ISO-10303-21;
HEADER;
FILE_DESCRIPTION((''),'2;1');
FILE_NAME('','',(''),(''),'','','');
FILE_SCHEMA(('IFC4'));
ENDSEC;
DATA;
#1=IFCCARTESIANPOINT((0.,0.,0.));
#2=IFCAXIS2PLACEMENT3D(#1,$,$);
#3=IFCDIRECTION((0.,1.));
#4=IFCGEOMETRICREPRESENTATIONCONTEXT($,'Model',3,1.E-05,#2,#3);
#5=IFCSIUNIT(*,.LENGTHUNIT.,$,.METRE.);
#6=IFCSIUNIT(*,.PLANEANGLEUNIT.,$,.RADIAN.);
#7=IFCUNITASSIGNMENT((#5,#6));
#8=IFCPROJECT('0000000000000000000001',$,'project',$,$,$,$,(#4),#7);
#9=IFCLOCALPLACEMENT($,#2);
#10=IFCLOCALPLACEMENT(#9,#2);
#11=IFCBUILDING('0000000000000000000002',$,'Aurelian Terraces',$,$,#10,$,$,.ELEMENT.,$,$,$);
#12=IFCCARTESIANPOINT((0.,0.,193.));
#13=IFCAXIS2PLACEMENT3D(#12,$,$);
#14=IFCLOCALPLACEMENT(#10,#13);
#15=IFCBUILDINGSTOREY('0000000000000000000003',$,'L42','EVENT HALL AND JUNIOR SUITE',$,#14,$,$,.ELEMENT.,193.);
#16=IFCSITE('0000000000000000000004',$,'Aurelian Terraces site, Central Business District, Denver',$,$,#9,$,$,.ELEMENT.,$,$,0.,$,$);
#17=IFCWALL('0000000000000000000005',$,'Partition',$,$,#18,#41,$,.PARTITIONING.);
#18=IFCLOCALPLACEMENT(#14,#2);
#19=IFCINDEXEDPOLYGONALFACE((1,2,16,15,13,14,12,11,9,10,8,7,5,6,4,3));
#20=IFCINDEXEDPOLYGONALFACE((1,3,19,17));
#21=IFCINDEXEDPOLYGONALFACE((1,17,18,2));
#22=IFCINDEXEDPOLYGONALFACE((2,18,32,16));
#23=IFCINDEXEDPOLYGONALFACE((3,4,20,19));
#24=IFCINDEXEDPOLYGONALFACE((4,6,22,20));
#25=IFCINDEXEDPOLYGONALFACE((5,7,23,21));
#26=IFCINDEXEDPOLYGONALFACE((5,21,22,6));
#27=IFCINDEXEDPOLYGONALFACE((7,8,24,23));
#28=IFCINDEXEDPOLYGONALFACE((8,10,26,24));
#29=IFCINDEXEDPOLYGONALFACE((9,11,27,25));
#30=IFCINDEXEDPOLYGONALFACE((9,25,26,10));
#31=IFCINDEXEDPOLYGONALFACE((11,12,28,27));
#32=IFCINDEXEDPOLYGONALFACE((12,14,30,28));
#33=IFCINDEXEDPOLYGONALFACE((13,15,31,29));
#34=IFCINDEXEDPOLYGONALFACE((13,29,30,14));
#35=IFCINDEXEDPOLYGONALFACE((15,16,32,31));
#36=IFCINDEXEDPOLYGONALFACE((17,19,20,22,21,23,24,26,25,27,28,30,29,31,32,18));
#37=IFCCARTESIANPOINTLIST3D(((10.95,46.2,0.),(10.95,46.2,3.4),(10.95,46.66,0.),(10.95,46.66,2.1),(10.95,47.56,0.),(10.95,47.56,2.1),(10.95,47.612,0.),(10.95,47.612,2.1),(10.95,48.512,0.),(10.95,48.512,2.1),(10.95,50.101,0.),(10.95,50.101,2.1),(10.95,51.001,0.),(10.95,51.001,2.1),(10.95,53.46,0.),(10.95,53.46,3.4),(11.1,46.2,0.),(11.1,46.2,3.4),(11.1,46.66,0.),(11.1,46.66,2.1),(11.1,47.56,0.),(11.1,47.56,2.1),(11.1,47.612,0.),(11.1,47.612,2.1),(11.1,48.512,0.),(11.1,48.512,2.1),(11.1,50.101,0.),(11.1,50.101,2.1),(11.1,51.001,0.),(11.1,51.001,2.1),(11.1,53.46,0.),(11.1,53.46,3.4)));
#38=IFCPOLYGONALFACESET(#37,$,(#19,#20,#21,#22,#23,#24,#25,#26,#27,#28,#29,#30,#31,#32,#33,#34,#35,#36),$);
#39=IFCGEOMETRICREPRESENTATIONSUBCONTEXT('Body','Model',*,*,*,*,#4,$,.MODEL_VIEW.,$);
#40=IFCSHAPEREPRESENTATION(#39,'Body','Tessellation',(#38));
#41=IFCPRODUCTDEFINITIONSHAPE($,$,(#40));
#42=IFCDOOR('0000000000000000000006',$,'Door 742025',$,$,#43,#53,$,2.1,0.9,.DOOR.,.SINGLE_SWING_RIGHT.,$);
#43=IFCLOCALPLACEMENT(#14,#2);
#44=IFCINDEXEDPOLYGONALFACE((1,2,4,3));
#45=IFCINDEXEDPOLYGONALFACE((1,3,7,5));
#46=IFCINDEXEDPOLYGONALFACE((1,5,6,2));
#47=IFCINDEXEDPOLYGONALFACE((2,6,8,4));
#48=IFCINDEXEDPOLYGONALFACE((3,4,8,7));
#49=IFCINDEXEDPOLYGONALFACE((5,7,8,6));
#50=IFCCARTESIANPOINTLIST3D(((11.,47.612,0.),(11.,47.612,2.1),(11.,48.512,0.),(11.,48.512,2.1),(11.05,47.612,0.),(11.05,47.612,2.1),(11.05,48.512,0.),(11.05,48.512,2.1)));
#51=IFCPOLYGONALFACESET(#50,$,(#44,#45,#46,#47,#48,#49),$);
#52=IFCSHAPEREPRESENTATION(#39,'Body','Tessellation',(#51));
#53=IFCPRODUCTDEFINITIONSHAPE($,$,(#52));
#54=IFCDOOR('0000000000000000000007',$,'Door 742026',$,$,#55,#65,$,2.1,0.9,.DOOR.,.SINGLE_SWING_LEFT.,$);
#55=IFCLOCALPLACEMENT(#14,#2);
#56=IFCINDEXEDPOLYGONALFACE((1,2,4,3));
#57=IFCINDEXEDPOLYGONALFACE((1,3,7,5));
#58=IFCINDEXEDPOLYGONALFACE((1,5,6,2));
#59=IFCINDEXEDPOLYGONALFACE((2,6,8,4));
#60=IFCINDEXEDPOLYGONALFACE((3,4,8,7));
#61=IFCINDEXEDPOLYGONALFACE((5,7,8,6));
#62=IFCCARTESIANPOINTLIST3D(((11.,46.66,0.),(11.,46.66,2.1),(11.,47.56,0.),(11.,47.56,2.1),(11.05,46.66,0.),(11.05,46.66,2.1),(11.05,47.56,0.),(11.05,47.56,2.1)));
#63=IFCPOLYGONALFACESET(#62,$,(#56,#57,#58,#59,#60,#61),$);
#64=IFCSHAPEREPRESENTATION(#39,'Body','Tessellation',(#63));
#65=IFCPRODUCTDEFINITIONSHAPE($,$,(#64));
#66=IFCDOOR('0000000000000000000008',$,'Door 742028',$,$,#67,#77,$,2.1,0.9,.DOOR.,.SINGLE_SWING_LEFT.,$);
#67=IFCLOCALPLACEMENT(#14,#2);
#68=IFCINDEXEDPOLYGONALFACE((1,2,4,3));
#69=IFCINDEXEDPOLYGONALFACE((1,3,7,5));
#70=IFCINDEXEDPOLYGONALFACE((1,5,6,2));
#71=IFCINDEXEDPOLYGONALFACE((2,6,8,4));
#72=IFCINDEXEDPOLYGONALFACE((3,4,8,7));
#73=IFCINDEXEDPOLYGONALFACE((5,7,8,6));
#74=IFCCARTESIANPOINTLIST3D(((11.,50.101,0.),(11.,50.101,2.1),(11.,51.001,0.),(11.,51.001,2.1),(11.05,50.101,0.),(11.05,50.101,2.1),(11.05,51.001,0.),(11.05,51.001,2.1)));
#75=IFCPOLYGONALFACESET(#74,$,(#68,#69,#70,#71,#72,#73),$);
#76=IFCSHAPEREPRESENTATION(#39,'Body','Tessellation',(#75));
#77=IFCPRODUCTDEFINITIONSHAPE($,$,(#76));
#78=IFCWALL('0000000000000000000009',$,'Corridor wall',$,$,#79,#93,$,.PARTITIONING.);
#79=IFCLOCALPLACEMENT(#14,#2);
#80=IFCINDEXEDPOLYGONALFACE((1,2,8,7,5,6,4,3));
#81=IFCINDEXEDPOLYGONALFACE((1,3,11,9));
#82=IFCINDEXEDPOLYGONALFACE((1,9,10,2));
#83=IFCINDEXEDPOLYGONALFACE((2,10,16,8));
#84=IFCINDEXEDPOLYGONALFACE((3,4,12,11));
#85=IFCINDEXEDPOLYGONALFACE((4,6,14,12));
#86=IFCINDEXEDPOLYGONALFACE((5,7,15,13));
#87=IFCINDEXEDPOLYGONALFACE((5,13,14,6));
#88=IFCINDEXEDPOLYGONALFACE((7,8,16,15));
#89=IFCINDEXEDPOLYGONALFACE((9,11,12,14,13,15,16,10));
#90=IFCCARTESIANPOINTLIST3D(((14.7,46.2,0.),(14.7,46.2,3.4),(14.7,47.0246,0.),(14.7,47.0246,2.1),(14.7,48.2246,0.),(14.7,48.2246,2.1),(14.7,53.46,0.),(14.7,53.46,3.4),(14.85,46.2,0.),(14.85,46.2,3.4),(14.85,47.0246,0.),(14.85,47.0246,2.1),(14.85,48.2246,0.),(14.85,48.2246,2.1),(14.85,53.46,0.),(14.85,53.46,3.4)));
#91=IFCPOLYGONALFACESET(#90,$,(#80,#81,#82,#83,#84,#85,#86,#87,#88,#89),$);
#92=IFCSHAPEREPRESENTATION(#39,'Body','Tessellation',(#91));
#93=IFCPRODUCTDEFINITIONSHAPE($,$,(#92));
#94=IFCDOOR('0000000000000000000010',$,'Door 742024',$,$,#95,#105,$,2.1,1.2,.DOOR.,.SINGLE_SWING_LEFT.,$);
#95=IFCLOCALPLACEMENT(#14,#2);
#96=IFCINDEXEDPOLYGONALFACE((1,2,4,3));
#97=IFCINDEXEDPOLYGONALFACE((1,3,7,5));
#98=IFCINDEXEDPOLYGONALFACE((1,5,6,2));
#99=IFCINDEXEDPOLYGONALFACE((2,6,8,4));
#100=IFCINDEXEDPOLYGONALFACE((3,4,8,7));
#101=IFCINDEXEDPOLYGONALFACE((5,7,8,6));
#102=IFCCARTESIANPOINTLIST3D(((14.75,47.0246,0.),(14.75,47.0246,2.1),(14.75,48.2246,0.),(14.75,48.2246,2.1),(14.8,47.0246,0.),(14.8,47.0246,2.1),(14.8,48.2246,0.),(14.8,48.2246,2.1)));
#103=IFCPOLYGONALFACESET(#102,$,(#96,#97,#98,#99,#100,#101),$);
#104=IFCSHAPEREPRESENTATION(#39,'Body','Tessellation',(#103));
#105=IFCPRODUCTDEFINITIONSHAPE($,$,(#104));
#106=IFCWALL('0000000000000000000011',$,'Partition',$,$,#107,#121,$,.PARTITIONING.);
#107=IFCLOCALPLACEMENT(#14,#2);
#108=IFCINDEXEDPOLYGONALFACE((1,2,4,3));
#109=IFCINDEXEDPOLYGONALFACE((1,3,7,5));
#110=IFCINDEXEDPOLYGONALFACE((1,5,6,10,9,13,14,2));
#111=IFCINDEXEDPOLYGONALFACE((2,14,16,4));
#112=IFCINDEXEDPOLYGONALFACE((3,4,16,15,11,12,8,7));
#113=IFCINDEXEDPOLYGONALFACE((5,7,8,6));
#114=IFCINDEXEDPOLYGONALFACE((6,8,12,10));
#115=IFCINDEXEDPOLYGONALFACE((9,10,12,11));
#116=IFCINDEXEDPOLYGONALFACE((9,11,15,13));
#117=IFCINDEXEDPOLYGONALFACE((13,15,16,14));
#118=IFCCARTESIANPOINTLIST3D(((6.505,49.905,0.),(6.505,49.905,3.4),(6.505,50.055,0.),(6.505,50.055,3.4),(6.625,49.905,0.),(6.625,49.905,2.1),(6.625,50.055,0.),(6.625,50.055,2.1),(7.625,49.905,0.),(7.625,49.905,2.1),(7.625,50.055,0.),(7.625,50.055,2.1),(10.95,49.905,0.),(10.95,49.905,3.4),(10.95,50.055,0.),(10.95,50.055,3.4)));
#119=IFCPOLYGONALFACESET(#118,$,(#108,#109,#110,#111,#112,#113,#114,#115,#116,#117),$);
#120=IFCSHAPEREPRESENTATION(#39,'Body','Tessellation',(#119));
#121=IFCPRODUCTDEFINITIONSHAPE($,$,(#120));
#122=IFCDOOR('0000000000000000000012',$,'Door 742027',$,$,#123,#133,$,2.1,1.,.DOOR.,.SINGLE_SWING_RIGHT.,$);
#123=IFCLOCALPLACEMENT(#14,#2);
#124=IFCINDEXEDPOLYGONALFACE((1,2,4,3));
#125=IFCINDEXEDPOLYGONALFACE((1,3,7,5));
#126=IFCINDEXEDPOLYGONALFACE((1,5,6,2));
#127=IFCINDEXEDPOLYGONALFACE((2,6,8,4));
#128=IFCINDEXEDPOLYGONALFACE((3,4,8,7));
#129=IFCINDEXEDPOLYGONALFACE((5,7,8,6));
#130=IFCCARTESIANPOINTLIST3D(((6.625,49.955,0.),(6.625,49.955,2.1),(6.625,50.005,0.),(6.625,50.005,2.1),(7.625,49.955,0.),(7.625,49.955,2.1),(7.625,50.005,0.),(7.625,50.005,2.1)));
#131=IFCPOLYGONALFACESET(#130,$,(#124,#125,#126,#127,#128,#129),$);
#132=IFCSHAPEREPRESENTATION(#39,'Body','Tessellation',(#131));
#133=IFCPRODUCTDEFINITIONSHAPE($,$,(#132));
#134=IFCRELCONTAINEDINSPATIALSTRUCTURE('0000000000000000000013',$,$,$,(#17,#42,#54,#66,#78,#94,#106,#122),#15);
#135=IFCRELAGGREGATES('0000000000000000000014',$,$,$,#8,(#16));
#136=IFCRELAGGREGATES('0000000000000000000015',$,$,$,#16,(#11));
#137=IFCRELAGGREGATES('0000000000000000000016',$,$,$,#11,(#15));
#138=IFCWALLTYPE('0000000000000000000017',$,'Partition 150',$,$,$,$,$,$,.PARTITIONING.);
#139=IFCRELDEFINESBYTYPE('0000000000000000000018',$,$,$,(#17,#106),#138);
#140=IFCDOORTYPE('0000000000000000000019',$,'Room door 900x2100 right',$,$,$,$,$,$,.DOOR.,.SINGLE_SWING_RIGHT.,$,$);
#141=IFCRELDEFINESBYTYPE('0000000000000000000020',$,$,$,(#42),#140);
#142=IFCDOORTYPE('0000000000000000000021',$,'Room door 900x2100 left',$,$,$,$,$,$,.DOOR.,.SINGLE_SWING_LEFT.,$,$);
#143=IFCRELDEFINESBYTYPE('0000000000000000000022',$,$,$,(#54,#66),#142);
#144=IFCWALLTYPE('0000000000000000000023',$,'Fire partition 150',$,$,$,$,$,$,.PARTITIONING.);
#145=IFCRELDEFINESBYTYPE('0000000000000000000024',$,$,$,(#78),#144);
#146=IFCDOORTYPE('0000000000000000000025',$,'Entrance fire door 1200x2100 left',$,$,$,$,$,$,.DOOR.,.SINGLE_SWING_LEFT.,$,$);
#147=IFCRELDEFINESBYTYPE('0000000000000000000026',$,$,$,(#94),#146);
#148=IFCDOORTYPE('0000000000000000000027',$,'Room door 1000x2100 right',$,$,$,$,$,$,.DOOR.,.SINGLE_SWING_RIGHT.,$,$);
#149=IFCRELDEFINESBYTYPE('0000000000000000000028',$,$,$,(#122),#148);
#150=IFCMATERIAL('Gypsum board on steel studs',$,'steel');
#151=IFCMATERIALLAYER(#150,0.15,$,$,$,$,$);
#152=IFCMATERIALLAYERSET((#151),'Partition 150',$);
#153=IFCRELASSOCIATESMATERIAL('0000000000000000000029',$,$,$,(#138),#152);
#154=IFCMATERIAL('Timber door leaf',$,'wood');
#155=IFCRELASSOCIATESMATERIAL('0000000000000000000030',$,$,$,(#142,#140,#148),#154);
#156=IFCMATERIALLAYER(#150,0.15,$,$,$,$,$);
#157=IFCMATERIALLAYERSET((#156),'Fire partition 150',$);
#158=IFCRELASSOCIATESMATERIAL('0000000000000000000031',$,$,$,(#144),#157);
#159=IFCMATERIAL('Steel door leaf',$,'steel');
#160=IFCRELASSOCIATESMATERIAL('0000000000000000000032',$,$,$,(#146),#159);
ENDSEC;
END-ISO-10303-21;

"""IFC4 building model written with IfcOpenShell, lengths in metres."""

from ifc_helpers import new_model, si_unit, direction, frame, frame_2d, origin, place, context, subcontext, project, spatial, rectangle, extrude, source, transform, mapped, material, layer, layer_set, type_object, element, fill, save


model = new_model("IFC4")

# Units and contexts
model_context = context("Model", 3, precision=1e-05, world=origin(), true_north=direction((0.0, 1.0)))
body_context = subcontext(model_context, "Body", "Model", "MODEL_VIEW")
ifc_project = project(units=[si_unit("LENGTHUNIT", "METRE"), si_unit("PLANEANGLEUNIT", "RADIAN")], contexts=[model_context])

# Site, building, storey
site_placement = place(None, origin())
site = spatial("IfcSite", under=ifc_project, at=site_placement, Name="Aurelian Terraces site, Central Business District, Denver", CompositionType="ELEMENT", RefElevation=0.0)
building_placement = place(site_placement, origin())
building = spatial("IfcBuilding", under=site, at=building_placement, Name="Aurelian Terraces", CompositionType="ELEMENT")
storey_placement = place(building_placement, frame((0.0, 0.0, 193.0)))
storey = spatial("IfcBuildingStorey", under=building, at=storey_placement, Name="L42", Description="EVENT HALL AND JUNIOR SUITE", CompositionType="ELEMENT", Elevation=193.0)

# Shared definitions
ifc_material_1 = material(Name="Gypsum board on steel studs", Category="steel")
ifc_layer_1 = layer(ifc_material_1, 0.15)
ifc_layer_set_1 = layer_set([ifc_layer_1], Name="Partition 150")
wall_type_1 = type_object("IfcWallType", Name="Partition 150", PredefinedType="PARTITIONING", material=ifc_layer_set_1)

# Shared definitions
shared_shape_1 = source(origin(), body_context, "Body", "SweptSolid", [
    extrude(rectangle(XDim=0.9, YDim=2.1, at=frame_2d((0.45, 1.05))), frame((0.0, 0.085, 0.0), z_axis=(0.0, -1.0, 0.0), x_axis=(1.0, 0.0, 0.0)), (0.0, 0.0, 1.0), 0.17),
])
ifc_material_2 = material(Name="Timber door leaf", Category="wood")
door_type_1 = type_object("IfcDoorType", Name="Room door 900x2100 left", OperationType="SINGLE_SWING_LEFT", PredefinedType="DOOR", material=ifc_material_2)
shared_shape_2 = source(origin(), body_context, "Body", "SweptSolid", [
    extrude(rectangle(XDim=0.9, YDim=2.1, at=frame_2d((0.45, 1.05))), frame((0.0, 0.025, 0.0), z_axis=(0.0, -1.0, 0.0), x_axis=(1.0, 0.0, 0.0)), (0.0, 0.0, 1.0), 0.05),
])
ifc_material_3 = material(Name="Steel door leaf", Category="steel")

# Shared definitions
ifc_layer_2 = layer(ifc_material_1, 0.15)
ifc_layer_set_2 = layer_set([ifc_layer_2], Name="Fire partition 150")
wall_type_2 = type_object("IfcWallType", Name="Fire partition 150", PredefinedType="PARTITIONING", material=ifc_layer_set_2)

# Shared definitions
door_type_2 = type_object("IfcDoorType", Name="Room door 900x2100 right", OperationType="SINGLE_SWING_RIGHT", PredefinedType="DOOR", material=ifc_material_2)

# Wall, openings, doors
shared_shape_3 = source(origin(), body_context, "Body", "SweptSolid", [
    extrude(rectangle(XDim=7.26, YDim=0.15, at=frame_2d((3.63, 0.0))), origin(), (0.0, 0.0, 1.0), 3.4),
])
wall_1_placement = place(storey_placement, frame((11.025, 46.2, 0.0), z_axis=(0.0, 0.0, 1.0), x_axis=(0.0, 1.0, 0.0)))
wall_1 = element("IfcWall", 1, at=wall_1_placement, inside=storey, type_object=wall_type_1, Name="Partition", PredefinedType="PARTITIONING", context=body_context, shape_type="MappedRepresentation", body=[
    mapped(shared_shape_3, transform((0.0, 0.0, 0.0), scale=1.0)),
])
opening_1_placement = place(wall_1_placement, frame((1.412, 0.0, 0.0)))
opening_1 = element("IfcOpeningElement", 2, at=opening_1_placement, cuts=wall_1, PredefinedType="OPENING", context=body_context, shape_type="MappedRepresentation", body=[
    mapped(shared_shape_1, transform((0.0, 0.0, 0.0), scale=1.0)),
])
opening_2_placement = place(wall_1_placement, frame((0.46, 0.0, 0.0)))
opening_2 = element("IfcOpeningElement", 3, at=opening_2_placement, cuts=wall_1, PredefinedType="OPENING", context=body_context, shape_type="MappedRepresentation", body=[
    mapped(shared_shape_1, transform((0.0, 0.0, 0.0), scale=1.0)),
])
opening_3_placement = place(wall_1_placement, frame((3.901, 0.0, 0.0)))
opening_3 = element("IfcOpeningElement", 4, at=opening_3_placement, cuts=wall_1, PredefinedType="OPENING", context=body_context, shape_type="MappedRepresentation", body=[
    mapped(shared_shape_1, transform((0.0, 0.0, 0.0), scale=1.0)),
])
door_1_placement = place(opening_1_placement, origin())
door_1 = element("IfcDoor", 5, at=door_1_placement, inside=storey, type_object=door_type_2, Name="Door 742025", OperationType="SINGLE_SWING_RIGHT", OverallHeight=2.1, OverallWidth=0.9, PredefinedType="DOOR", context=body_context, shape_type="MappedRepresentation", body=[
    mapped(shared_shape_2, transform((0.0, 0.0, 0.0), scale=1.0)),
])
fill(opening_1, door_1)
door_2_placement = place(opening_2_placement, origin())
door_2 = element("IfcDoor", 6, at=door_2_placement, inside=storey, type_object=door_type_1, Name="Door 742026", OperationType="SINGLE_SWING_LEFT", OverallHeight=2.1, OverallWidth=0.9, PredefinedType="DOOR", context=body_context, shape_type="MappedRepresentation", body=[
    mapped(shared_shape_2, transform((0.0, 0.0, 0.0), scale=1.0)),
])
fill(opening_2, door_2)
door_3_placement = place(opening_3_placement, origin())
door_3 = element("IfcDoor", 7, at=door_3_placement, inside=storey, type_object=door_type_1, Name="Door 742028", OperationType="SINGLE_SWING_LEFT", OverallHeight=2.1, OverallWidth=0.9, PredefinedType="DOOR", context=body_context, shape_type="MappedRepresentation", body=[
    mapped(shared_shape_2, transform((0.0, 0.0, 0.0), scale=1.0)),
])
fill(opening_3, door_3)

# Walls, openings, doors
wall_2_placement = place(storey_placement, frame((14.775, 46.2, 0.0), z_axis=(0.0, 0.0, 1.0), x_axis=(0.0, 1.0, 0.0)))
wall_2 = element("IfcWall", 8, at=wall_2_placement, inside=storey, type_object=wall_type_2, Name="Corridor wall", PredefinedType="PARTITIONING", context=body_context, shape_type="MappedRepresentation", body=[
    mapped(shared_shape_3, transform((0.0, 0.0, 0.0), scale=1.0)),
])
shared_shape_4 = source(origin(), body_context, "Body", "SweptSolid", [
    extrude(rectangle(XDim=1.2, YDim=2.1, at=frame_2d((0.6, 1.05))), frame((0.0, 0.085, 0.0), z_axis=(0.0, -1.0, 0.0), x_axis=(1.0, 0.0, 0.0)), (0.0, 0.0, 1.0), 0.17),
])
opening_4_placement = place(wall_2_placement, frame((0.8246, 0.0, 0.0)))
opening_4 = element("IfcOpeningElement", 9, at=opening_4_placement, cuts=wall_2, PredefinedType="OPENING", context=body_context, shape_type="MappedRepresentation", body=[
    mapped(shared_shape_4, transform((0.0, 0.0, 0.0), scale=1.0)),
])
door_type_3 = type_object("IfcDoorType", Name="Entrance fire door 1200x2100 left", OperationType="SINGLE_SWING_LEFT", PredefinedType="DOOR", material=ifc_material_3)
shared_shape_5 = source(origin(), body_context, "Body", "SweptSolid", [
    extrude(rectangle(XDim=1.2, YDim=2.1, at=frame_2d((0.6, 1.05))), frame((0.0, 0.025, 0.0), z_axis=(0.0, -1.0, 0.0), x_axis=(1.0, 0.0, 0.0)), (0.0, 0.0, 1.0), 0.05),
])
door_4_placement = place(opening_4_placement, origin())
door_4 = element("IfcDoor", 10, at=door_4_placement, inside=storey, type_object=door_type_3, Name="Door 742024", OperationType="SINGLE_SWING_LEFT", OverallHeight=2.1, OverallWidth=1.2, PredefinedType="DOOR", context=body_context, shape_type="MappedRepresentation", body=[
    mapped(shared_shape_5, transform((0.0, 0.0, 0.0), scale=1.0)),
])
fill(opening_4, door_4)
shared_shape_6 = source(origin(), body_context, "Body", "SweptSolid", [
    extrude(rectangle(XDim=4.445, YDim=0.15, at=frame_2d((2.2225, 0.0))), origin(), (0.0, 0.0, 1.0), 3.4),
])
wall_3_placement = place(storey_placement, frame((10.95, 49.98, 0.0), z_axis=(0.0, 0.0, 1.0), x_axis=(-1.0, 0.0, 0.0)))
wall_3 = element("IfcWall", 11, at=wall_3_placement, inside=storey, type_object=wall_type_1, Name="Partition", PredefinedType="PARTITIONING", context=body_context, shape_type="MappedRepresentation", body=[
    mapped(shared_shape_6, transform((0.0, 0.0, 0.0), scale=1.0)),
])
shared_shape_7 = source(origin(), body_context, "Body", "SweptSolid", [
    extrude(rectangle(XDim=1.0, YDim=2.1, at=frame_2d((0.5, 1.05))), frame((0.0, 0.085, 0.0), z_axis=(0.0, -1.0, 0.0), x_axis=(1.0, 0.0, 0.0)), (0.0, 0.0, 1.0), 0.17),
])
opening_5_placement = place(wall_3_placement, frame((3.325, 0.0, 0.0)))
opening_5 = element("IfcOpeningElement", 12, at=opening_5_placement, cuts=wall_3, PredefinedType="OPENING", context=body_context, shape_type="MappedRepresentation", body=[
    mapped(shared_shape_7, transform((0.0, 0.0, 0.0), scale=1.0)),
])
door_type_4 = type_object("IfcDoorType", Name="Room door 1000x2100 right", OperationType="SINGLE_SWING_RIGHT", PredefinedType="DOOR", material=ifc_material_2)
shared_shape_8 = source(origin(), body_context, "Body", "SweptSolid", [
    extrude(rectangle(XDim=1.0, YDim=2.1, at=frame_2d((0.5, 1.05))), frame((0.0, 0.025, 0.0), z_axis=(0.0, -1.0, 0.0), x_axis=(1.0, 0.0, 0.0)), (0.0, 0.0, 1.0), 0.05),
])
door_5_placement = place(opening_5_placement, origin())
door_5 = element("IfcDoor", 13, at=door_5_placement, inside=storey, type_object=door_type_4, Name="Door 742027", OperationType="SINGLE_SWING_RIGHT", OverallHeight=2.1, OverallWidth=1.0, PredefinedType="DOOR", context=body_context, shape_type="MappedRepresentation", body=[
    mapped(shared_shape_8, transform((0.0, 0.0, 0.0), scale=1.0)),
])
fill(opening_5, door_5)

save(model, "model.ifc")
